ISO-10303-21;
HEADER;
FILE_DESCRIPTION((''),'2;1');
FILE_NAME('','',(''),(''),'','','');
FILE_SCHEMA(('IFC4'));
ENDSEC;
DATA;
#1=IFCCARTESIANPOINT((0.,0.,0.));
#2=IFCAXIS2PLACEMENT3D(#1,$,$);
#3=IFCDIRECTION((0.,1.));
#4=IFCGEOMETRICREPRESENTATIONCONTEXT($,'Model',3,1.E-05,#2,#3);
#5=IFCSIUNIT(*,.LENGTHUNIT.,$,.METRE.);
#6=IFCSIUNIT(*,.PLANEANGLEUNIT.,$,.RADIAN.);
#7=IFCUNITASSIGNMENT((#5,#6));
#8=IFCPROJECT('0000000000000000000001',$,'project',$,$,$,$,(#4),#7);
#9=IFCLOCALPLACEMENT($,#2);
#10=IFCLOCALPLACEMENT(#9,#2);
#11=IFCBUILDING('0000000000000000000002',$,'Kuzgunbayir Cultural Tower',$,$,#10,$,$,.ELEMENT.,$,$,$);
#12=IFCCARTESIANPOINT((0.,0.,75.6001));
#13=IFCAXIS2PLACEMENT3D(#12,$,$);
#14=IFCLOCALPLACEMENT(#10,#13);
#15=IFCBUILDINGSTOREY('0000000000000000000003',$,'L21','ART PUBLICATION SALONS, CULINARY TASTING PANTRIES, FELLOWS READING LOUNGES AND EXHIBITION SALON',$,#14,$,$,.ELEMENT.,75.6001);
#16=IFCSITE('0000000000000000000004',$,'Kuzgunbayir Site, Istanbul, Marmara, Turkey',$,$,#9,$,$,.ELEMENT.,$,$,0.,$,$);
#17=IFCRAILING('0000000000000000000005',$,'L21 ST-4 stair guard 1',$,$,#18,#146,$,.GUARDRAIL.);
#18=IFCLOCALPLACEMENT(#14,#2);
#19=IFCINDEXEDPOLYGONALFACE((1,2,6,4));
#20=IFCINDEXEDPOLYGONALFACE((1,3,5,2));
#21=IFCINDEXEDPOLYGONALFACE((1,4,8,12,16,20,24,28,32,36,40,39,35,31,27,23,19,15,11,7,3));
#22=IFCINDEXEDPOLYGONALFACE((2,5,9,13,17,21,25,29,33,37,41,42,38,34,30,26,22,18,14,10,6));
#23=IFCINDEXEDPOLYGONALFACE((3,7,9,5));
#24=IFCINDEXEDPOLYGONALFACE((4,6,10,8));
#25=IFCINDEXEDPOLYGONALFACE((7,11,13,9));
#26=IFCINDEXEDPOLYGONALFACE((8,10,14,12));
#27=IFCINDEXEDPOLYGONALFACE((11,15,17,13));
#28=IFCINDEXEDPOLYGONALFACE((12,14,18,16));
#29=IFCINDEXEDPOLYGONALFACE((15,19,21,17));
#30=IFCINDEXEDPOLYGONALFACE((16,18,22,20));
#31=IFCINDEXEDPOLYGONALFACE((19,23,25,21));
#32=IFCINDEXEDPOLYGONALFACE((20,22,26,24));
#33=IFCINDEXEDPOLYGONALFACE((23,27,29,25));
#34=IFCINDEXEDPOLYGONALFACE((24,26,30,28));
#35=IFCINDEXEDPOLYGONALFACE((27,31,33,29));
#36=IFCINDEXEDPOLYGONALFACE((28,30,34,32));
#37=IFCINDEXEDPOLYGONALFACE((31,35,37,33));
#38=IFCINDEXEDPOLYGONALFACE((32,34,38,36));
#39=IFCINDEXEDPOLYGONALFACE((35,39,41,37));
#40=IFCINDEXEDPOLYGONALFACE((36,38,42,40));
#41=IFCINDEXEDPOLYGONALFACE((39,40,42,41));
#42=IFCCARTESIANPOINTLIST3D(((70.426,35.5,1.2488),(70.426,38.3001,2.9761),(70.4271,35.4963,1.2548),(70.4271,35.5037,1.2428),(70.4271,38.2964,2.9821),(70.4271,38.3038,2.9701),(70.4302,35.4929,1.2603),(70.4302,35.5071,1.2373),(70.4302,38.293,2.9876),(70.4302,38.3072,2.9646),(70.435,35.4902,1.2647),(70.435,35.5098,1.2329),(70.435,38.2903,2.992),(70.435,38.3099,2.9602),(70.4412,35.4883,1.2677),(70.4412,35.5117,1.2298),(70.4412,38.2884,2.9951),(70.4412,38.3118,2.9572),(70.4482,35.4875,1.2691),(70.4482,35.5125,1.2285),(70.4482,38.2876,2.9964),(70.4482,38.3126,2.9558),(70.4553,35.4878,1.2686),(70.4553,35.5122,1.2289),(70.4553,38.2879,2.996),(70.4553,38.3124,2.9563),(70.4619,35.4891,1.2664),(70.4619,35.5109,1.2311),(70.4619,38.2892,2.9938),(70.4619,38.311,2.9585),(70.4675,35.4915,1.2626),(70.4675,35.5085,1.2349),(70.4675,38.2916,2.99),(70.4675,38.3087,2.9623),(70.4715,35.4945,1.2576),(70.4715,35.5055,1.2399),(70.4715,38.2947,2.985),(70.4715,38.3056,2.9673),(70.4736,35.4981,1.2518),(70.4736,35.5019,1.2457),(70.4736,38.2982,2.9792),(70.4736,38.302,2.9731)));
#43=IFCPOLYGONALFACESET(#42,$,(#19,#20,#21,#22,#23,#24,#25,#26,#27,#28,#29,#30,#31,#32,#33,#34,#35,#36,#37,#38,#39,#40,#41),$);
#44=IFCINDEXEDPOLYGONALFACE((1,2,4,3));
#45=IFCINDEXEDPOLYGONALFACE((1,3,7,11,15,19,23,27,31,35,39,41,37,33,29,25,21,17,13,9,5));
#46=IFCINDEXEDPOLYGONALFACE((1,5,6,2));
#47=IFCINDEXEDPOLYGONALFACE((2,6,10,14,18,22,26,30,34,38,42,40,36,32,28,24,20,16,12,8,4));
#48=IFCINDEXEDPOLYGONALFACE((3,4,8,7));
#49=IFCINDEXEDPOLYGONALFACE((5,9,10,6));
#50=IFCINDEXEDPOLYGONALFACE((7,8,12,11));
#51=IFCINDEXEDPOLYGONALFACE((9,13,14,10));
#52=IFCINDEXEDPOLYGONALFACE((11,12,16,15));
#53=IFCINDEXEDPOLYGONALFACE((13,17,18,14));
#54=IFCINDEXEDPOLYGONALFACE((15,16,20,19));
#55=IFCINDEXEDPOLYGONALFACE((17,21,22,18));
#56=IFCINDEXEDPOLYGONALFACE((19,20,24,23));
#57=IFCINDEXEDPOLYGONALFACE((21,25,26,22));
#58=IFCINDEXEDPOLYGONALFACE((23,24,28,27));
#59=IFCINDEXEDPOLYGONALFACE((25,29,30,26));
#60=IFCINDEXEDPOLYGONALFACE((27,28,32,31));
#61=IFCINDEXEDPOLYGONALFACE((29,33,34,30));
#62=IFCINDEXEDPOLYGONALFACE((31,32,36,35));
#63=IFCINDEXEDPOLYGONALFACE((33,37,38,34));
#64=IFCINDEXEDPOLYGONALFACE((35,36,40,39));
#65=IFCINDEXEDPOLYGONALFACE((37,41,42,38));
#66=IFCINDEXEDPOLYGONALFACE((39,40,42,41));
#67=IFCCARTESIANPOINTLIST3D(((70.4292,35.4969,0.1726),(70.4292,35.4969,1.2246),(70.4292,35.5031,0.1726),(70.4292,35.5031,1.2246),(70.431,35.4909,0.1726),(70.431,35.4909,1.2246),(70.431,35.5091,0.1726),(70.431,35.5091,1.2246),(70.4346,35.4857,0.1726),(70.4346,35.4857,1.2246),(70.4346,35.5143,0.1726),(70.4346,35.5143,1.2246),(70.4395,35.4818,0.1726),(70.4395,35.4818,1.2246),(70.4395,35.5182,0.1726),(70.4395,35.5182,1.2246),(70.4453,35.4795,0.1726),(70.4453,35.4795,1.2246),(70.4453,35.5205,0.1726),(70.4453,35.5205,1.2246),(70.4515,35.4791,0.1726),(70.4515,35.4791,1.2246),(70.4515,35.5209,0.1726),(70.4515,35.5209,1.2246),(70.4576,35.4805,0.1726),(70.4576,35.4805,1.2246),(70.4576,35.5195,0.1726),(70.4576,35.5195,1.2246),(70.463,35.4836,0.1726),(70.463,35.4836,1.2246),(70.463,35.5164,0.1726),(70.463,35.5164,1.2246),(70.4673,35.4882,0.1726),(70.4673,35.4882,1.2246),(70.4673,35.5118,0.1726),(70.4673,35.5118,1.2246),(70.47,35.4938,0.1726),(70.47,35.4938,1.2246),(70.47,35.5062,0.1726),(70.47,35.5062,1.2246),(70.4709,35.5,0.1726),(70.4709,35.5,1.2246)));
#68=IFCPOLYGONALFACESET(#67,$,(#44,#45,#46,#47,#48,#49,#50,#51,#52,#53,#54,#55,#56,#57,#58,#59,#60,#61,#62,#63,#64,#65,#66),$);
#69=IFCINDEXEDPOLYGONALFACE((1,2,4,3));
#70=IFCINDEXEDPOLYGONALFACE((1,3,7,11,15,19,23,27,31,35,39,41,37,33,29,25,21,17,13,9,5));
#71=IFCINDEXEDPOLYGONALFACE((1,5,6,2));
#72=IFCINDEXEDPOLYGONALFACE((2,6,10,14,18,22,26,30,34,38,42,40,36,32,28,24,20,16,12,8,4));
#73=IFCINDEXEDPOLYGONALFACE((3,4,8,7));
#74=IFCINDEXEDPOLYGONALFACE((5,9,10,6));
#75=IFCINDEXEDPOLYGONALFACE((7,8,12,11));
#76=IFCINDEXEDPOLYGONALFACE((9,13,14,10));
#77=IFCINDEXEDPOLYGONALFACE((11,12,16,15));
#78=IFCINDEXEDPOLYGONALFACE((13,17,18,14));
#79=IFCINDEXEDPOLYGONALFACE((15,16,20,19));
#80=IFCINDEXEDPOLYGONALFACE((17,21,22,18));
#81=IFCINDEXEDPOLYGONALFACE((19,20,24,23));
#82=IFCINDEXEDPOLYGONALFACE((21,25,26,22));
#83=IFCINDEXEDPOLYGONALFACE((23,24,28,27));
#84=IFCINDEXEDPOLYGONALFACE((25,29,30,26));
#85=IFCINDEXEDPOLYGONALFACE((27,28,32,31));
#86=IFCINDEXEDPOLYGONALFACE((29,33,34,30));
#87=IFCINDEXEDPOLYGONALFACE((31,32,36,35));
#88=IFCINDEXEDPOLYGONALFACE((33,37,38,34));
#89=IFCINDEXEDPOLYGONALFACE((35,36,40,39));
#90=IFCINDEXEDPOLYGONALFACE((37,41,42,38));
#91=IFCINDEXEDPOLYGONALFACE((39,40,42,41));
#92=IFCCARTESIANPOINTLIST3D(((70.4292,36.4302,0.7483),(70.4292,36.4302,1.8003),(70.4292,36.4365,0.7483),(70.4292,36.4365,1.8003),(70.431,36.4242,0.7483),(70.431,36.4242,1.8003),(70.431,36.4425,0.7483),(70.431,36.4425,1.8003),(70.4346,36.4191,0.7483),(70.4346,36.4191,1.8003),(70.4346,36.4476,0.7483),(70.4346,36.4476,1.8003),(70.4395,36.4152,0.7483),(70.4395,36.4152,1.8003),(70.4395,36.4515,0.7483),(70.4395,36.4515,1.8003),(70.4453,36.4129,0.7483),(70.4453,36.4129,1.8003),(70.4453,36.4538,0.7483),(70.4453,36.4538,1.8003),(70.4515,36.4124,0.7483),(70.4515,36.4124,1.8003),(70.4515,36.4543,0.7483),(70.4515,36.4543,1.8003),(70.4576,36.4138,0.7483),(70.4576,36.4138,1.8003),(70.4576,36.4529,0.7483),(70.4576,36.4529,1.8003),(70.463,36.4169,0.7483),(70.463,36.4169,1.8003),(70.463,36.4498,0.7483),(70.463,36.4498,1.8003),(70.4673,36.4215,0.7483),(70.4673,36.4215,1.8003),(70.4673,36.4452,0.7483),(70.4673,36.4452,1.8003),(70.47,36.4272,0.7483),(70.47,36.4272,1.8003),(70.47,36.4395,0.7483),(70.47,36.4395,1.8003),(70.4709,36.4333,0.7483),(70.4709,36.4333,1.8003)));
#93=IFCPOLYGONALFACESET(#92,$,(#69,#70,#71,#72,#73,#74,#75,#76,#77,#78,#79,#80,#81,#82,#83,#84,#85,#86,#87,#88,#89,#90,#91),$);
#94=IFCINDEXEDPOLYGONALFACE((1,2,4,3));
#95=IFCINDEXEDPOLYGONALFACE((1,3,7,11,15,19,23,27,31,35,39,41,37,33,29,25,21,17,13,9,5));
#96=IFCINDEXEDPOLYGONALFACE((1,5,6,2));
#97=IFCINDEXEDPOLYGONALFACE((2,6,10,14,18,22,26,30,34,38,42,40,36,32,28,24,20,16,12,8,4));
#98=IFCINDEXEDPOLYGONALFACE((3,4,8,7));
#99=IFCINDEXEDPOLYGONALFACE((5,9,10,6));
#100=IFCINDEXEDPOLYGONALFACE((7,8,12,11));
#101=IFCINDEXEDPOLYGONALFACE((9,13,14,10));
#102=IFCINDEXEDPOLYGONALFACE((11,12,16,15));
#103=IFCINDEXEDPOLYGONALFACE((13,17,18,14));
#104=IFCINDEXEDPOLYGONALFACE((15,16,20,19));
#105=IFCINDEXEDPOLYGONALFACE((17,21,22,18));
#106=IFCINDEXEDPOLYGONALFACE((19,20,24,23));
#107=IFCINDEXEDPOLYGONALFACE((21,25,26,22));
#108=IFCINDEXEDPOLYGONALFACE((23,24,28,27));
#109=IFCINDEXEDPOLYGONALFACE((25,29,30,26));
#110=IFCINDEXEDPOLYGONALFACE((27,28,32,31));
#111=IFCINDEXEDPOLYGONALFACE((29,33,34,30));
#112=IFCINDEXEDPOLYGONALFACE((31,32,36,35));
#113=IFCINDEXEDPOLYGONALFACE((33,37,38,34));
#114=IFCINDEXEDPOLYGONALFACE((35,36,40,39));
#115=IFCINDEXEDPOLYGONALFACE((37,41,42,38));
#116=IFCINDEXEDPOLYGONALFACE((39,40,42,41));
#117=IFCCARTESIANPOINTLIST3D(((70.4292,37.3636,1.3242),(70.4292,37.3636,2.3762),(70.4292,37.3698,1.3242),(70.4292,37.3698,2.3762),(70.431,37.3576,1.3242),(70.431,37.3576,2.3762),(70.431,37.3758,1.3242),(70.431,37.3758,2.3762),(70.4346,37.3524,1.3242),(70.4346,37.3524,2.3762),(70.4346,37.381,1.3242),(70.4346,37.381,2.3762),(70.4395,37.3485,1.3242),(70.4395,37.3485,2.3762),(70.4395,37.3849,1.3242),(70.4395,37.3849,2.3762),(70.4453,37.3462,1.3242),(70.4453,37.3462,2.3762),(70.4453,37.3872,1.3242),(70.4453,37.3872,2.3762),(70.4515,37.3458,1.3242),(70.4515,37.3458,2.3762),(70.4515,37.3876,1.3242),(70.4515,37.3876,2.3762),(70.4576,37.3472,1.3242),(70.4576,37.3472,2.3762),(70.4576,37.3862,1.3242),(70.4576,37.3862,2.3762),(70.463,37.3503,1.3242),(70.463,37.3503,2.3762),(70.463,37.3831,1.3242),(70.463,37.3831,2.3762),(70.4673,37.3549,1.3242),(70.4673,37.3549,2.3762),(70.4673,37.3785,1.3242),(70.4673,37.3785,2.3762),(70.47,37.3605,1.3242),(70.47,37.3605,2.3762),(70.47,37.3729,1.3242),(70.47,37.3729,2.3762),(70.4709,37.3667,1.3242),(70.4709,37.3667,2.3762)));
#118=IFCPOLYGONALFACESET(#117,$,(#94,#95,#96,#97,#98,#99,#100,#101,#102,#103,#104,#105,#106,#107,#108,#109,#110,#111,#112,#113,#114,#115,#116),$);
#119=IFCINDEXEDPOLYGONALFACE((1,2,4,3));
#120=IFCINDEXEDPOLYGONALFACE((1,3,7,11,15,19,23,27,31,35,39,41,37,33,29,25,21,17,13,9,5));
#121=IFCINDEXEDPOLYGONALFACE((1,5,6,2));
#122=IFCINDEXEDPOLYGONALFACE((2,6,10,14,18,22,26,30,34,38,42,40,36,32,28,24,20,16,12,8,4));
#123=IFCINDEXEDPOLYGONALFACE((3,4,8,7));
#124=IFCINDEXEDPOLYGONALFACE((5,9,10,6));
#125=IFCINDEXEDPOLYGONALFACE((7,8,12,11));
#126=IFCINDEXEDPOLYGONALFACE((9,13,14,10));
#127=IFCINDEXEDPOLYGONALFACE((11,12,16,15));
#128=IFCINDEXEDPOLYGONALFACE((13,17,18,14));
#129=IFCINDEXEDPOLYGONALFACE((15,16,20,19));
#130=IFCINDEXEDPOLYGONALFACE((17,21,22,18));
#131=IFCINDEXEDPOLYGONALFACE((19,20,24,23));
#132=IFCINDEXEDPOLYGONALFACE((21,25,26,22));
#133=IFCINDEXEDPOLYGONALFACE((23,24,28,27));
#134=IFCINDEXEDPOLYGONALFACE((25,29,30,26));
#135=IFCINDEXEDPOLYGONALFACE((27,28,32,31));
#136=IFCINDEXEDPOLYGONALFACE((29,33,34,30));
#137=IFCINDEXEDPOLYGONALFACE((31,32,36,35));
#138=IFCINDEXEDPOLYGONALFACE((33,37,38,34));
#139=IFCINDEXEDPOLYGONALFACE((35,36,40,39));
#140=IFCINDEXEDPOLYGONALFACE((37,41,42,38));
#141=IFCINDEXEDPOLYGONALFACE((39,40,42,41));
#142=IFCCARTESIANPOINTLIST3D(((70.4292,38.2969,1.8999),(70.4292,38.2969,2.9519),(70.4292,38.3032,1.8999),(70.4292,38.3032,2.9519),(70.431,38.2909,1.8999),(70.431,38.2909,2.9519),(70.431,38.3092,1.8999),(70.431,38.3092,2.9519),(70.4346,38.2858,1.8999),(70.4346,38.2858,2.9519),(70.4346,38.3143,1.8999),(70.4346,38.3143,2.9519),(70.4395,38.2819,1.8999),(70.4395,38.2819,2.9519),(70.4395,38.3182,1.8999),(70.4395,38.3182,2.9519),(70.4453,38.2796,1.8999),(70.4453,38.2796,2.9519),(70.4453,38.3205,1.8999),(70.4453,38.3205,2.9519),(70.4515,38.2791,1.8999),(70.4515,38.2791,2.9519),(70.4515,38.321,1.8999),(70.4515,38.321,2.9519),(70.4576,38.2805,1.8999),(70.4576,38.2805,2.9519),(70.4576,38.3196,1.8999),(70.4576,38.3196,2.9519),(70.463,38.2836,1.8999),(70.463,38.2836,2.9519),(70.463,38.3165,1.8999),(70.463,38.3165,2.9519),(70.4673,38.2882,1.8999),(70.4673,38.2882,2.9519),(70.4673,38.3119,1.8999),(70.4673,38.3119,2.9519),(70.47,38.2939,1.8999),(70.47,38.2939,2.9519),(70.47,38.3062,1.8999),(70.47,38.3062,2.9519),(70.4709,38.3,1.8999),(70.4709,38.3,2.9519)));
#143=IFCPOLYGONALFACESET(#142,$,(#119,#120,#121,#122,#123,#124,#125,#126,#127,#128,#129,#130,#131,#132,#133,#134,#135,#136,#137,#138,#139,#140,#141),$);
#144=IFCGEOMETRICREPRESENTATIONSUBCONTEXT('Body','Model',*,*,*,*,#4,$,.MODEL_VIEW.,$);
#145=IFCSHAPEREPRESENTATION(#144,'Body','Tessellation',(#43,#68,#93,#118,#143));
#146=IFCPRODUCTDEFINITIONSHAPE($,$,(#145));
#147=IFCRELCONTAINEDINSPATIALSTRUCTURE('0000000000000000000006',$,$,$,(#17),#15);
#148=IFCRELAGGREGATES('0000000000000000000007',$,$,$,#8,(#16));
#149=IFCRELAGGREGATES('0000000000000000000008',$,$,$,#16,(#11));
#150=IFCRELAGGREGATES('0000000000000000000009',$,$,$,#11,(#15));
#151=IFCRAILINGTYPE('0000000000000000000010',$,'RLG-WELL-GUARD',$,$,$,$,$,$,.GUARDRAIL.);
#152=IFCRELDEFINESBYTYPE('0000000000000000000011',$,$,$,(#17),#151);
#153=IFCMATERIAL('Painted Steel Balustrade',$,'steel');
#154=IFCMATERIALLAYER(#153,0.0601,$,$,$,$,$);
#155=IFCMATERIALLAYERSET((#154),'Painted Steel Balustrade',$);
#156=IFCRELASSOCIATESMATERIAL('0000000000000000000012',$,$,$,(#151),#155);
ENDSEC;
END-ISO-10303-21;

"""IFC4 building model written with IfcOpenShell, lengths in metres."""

from ifc_helpers import new_model, si_unit, direction, frame, origin, origin_2d, place, context, subcontext, project, spatial, circle, extrude, material, layer, layer_set, type_object, element, save


model = new_model("IFC4")

# Units and contexts
model_context = context("Model", 3, precision=1e-05, world=origin(), true_north=direction((0.0, 1.0)))
body_context = subcontext(model_context, "Body", "Model", "MODEL_VIEW")
ifc_project = project(units=[si_unit("LENGTHUNIT", "METRE"), si_unit("PLANEANGLEUNIT", "RADIAN")], contexts=[model_context])

# Site, building, storey
site_placement = place(None, origin())
site = spatial("IfcSite", under=ifc_project, at=site_placement, Name="Kuzgunbayir Site, Istanbul, Marmara, Turkey", CompositionType="ELEMENT", RefElevation=0.0)
building_placement = place(site_placement, origin())
building = spatial("IfcBuilding", under=site, at=building_placement, Name="Kuzgunbayir Cultural Tower", CompositionType="ELEMENT")
storey_placement = place(building_placement, frame((0.0, 0.0, 75.6001)))
storey = spatial("IfcBuildingStorey", under=building, at=storey_placement, Name="L21", Description="ART PUBLICATION SALONS, CULINARY TASTING PANTRIES, FELLOWS READING LOUNGES AND EXHIBITION SALON", CompositionType="ELEMENT", Elevation=75.6001)

# Railing
ifc_material_1 = material(Name="Painted Steel Balustrade", Category="steel")
ifc_layer_1 = layer(ifc_material_1, 0.0601)
ifc_layer_set_1 = layer_set([ifc_layer_1], Name="Painted Steel Balustrade")
railing_type = type_object("IfcRailingType", Name="RLG-WELL-GUARD", PredefinedType="GUARDRAIL", material=ifc_layer_set_1)
railing_1_placement = place(storey_placement, frame((70.45, 35.5, 0.1726)))
element("IfcRailing", 1, at=railing_1_placement, inside=storey, type_object=railing_type, Name="L21 ST-4 stair guard 1", PredefinedType="GUARDRAIL", context=body_context, shape_type="SweptSolid", body=[
    extrude(circle(Radius=0.0239, at=origin_2d()), frame((0.0, 0.0, 1.0762), z_axis=(0.0, 0.85109, 0.52502), x_axis=(-1.0, 0.0, 0.0)), (0.0, 0.0, 1.0), 3.29),
    extrude(circle(Radius=0.021, at=origin_2d()), origin(), (0.0, 0.0, 1.0), 1.052),
    extrude(circle(Radius=0.021, at=origin_2d()), frame((0.0, 0.9333, 0.5757)), (0.0, 0.0, 1.0), 1.052),
    extrude(circle(Radius=0.021, at=origin_2d()), frame((0.0, 1.8667, 1.1516)), (0.0, 0.0, 1.0), 1.052),
    extrude(circle(Radius=0.021, at=origin_2d()), frame((0.0, 2.8, 1.7273)), (0.0, 0.0, 1.0), 1.052),
])

save(model, "model.ifc")
